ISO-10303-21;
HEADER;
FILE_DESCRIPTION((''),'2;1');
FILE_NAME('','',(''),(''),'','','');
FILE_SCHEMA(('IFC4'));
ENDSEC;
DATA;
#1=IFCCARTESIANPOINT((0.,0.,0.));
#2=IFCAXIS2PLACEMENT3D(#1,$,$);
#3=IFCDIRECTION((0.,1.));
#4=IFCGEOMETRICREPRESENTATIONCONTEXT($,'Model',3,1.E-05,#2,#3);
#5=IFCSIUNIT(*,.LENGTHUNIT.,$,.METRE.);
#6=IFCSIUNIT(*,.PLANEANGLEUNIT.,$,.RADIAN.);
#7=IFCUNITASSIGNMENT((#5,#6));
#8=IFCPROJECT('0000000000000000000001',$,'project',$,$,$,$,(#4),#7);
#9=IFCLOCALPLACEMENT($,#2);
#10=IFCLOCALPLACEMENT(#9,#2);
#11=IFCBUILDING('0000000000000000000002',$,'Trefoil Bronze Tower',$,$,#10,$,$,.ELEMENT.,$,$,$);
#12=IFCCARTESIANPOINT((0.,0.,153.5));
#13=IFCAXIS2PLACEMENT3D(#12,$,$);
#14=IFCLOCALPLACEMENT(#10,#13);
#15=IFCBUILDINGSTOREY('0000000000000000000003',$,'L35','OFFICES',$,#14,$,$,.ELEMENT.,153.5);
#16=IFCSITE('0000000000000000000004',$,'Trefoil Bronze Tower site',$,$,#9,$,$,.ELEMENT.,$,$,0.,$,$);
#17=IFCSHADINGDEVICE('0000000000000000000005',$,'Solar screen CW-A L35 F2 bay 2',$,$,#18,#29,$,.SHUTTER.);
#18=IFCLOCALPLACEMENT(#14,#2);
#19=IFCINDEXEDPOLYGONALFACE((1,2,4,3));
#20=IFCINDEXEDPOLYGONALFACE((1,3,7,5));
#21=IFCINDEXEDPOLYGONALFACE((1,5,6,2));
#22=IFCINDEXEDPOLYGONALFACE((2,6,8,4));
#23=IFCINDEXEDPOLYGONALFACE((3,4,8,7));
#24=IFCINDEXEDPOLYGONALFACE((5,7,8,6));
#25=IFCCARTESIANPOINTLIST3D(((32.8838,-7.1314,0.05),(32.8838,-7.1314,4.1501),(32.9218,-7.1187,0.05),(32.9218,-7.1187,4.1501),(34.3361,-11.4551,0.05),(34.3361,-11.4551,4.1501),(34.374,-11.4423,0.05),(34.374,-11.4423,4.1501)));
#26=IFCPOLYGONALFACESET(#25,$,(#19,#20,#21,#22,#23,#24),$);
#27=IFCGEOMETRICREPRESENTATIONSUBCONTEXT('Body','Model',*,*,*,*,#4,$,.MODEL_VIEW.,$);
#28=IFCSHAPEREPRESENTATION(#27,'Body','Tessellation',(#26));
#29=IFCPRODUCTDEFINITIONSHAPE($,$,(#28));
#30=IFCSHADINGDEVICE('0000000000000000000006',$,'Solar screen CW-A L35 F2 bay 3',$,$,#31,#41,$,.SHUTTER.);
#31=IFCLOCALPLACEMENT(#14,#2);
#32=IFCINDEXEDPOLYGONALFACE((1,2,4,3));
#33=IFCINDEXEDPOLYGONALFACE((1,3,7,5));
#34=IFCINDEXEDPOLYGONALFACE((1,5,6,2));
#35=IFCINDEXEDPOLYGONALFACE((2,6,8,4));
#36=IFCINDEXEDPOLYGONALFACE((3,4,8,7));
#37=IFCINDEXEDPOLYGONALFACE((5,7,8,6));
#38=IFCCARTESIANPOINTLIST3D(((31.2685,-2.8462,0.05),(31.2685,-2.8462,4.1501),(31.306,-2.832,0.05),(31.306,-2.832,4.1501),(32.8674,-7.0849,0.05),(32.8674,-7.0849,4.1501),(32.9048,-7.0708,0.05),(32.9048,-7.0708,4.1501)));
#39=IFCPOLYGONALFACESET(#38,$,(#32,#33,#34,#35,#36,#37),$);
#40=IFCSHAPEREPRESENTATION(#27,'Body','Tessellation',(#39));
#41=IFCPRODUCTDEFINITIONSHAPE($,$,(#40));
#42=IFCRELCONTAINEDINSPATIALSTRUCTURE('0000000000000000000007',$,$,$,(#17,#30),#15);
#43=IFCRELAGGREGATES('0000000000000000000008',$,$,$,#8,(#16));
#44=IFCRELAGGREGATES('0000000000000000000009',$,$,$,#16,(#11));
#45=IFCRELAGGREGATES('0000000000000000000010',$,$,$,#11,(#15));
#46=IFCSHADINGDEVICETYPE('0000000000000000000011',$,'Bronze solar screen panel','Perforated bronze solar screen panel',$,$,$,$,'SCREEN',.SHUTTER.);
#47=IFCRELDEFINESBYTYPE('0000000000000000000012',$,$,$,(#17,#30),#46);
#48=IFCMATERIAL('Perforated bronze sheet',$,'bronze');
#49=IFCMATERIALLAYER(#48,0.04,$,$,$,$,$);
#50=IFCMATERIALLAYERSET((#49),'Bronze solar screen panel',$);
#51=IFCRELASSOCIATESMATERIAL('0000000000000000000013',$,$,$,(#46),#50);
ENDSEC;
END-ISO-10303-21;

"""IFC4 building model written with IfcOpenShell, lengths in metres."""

from ifc_helpers import new_model, si_unit, direction, frame, origin, origin_2d, place, context, subcontext, project, spatial, rectangle, extrude, material, layer, layer_set, type_object, element, save


model = new_model("IFC4")

# Units and contexts
model_context = context("Model", 3, precision=1e-05, world=origin(), true_north=direction((0.0, 1.0)))
body_context = subcontext(model_context, "Body", "Model", "MODEL_VIEW")
ifc_project = project(units=[si_unit("LENGTHUNIT", "METRE"), si_unit("PLANEANGLEUNIT", "RADIAN")], contexts=[model_context])

# Site, building, storey
site_placement = place(None, origin())
site = spatial("IfcSite", under=ifc_project, at=site_placement, Name="Trefoil Bronze Tower site", CompositionType="ELEMENT", RefElevation=0.0)
building_placement = place(site_placement, origin())
building = spatial("IfcBuilding", under=site, at=building_placement, Name="Trefoil Bronze Tower", CompositionType="ELEMENT")
storey_placement = place(building_placement, frame((0.0, 0.0, 153.5)))
storey = spatial("IfcBuildingStorey", under=building, at=storey_placement, Name="L35", Description="OFFICES", CompositionType="ELEMENT", Elevation=153.5)

# Shading devices
ifc_material_1 = material(Name="Perforated bronze sheet", Category="bronze")
ifc_layer_1 = layer(ifc_material_1, 0.04)
ifc_layer_set_1 = layer_set([ifc_layer_1], Name="Bronze solar screen panel")
shading_device_type = type_object("IfcShadingDeviceType", Name="Bronze solar screen panel", Description="Perforated bronze solar screen panel", ElementType="SCREEN", PredefinedType="SHUTTER", material=ifc_layer_set_1)
shading_device_1_placement = place(storey_placement, frame((33.6289, -9.2869, 0.05), z_axis=(0.0, 0.0, 1.0), x_axis=(-0.318404, 0.947955, 0.0)))
element("IfcShadingDevice", 1, at=shading_device_1_placement, inside=storey, type_object=shading_device_type, Name="Solar screen CW-A L35 F2 bay 2", PredefinedType="SHUTTER", context=body_context, shape_type="SweptSolid", body=[
    extrude(rectangle(XDim=4.561, YDim=0.04, at=origin_2d()), origin(), (0.0, 0.0, 1.0), 4.1001),
])
shading_device_2_placement = place(storey_placement, frame((32.0867, -4.9585, 0.05), z_axis=(0.0, 0.0, 1.0), x_axis=(-0.35292, 0.935654, 0.0)))
element("IfcShadingDevice", 2, at=shading_device_2_placement, inside=storey, type_object=shading_device_type, Name="Solar screen CW-A L35 F2 bay 3", PredefinedType="SHUTTER", context=body_context, shape_type="SweptSolid", body=[
    extrude(rectangle(XDim=4.5303, YDim=0.04, at=origin_2d()), origin(), (0.0, 0.0, 1.0), 4.1001),
])

save(model, "model.ifc")
